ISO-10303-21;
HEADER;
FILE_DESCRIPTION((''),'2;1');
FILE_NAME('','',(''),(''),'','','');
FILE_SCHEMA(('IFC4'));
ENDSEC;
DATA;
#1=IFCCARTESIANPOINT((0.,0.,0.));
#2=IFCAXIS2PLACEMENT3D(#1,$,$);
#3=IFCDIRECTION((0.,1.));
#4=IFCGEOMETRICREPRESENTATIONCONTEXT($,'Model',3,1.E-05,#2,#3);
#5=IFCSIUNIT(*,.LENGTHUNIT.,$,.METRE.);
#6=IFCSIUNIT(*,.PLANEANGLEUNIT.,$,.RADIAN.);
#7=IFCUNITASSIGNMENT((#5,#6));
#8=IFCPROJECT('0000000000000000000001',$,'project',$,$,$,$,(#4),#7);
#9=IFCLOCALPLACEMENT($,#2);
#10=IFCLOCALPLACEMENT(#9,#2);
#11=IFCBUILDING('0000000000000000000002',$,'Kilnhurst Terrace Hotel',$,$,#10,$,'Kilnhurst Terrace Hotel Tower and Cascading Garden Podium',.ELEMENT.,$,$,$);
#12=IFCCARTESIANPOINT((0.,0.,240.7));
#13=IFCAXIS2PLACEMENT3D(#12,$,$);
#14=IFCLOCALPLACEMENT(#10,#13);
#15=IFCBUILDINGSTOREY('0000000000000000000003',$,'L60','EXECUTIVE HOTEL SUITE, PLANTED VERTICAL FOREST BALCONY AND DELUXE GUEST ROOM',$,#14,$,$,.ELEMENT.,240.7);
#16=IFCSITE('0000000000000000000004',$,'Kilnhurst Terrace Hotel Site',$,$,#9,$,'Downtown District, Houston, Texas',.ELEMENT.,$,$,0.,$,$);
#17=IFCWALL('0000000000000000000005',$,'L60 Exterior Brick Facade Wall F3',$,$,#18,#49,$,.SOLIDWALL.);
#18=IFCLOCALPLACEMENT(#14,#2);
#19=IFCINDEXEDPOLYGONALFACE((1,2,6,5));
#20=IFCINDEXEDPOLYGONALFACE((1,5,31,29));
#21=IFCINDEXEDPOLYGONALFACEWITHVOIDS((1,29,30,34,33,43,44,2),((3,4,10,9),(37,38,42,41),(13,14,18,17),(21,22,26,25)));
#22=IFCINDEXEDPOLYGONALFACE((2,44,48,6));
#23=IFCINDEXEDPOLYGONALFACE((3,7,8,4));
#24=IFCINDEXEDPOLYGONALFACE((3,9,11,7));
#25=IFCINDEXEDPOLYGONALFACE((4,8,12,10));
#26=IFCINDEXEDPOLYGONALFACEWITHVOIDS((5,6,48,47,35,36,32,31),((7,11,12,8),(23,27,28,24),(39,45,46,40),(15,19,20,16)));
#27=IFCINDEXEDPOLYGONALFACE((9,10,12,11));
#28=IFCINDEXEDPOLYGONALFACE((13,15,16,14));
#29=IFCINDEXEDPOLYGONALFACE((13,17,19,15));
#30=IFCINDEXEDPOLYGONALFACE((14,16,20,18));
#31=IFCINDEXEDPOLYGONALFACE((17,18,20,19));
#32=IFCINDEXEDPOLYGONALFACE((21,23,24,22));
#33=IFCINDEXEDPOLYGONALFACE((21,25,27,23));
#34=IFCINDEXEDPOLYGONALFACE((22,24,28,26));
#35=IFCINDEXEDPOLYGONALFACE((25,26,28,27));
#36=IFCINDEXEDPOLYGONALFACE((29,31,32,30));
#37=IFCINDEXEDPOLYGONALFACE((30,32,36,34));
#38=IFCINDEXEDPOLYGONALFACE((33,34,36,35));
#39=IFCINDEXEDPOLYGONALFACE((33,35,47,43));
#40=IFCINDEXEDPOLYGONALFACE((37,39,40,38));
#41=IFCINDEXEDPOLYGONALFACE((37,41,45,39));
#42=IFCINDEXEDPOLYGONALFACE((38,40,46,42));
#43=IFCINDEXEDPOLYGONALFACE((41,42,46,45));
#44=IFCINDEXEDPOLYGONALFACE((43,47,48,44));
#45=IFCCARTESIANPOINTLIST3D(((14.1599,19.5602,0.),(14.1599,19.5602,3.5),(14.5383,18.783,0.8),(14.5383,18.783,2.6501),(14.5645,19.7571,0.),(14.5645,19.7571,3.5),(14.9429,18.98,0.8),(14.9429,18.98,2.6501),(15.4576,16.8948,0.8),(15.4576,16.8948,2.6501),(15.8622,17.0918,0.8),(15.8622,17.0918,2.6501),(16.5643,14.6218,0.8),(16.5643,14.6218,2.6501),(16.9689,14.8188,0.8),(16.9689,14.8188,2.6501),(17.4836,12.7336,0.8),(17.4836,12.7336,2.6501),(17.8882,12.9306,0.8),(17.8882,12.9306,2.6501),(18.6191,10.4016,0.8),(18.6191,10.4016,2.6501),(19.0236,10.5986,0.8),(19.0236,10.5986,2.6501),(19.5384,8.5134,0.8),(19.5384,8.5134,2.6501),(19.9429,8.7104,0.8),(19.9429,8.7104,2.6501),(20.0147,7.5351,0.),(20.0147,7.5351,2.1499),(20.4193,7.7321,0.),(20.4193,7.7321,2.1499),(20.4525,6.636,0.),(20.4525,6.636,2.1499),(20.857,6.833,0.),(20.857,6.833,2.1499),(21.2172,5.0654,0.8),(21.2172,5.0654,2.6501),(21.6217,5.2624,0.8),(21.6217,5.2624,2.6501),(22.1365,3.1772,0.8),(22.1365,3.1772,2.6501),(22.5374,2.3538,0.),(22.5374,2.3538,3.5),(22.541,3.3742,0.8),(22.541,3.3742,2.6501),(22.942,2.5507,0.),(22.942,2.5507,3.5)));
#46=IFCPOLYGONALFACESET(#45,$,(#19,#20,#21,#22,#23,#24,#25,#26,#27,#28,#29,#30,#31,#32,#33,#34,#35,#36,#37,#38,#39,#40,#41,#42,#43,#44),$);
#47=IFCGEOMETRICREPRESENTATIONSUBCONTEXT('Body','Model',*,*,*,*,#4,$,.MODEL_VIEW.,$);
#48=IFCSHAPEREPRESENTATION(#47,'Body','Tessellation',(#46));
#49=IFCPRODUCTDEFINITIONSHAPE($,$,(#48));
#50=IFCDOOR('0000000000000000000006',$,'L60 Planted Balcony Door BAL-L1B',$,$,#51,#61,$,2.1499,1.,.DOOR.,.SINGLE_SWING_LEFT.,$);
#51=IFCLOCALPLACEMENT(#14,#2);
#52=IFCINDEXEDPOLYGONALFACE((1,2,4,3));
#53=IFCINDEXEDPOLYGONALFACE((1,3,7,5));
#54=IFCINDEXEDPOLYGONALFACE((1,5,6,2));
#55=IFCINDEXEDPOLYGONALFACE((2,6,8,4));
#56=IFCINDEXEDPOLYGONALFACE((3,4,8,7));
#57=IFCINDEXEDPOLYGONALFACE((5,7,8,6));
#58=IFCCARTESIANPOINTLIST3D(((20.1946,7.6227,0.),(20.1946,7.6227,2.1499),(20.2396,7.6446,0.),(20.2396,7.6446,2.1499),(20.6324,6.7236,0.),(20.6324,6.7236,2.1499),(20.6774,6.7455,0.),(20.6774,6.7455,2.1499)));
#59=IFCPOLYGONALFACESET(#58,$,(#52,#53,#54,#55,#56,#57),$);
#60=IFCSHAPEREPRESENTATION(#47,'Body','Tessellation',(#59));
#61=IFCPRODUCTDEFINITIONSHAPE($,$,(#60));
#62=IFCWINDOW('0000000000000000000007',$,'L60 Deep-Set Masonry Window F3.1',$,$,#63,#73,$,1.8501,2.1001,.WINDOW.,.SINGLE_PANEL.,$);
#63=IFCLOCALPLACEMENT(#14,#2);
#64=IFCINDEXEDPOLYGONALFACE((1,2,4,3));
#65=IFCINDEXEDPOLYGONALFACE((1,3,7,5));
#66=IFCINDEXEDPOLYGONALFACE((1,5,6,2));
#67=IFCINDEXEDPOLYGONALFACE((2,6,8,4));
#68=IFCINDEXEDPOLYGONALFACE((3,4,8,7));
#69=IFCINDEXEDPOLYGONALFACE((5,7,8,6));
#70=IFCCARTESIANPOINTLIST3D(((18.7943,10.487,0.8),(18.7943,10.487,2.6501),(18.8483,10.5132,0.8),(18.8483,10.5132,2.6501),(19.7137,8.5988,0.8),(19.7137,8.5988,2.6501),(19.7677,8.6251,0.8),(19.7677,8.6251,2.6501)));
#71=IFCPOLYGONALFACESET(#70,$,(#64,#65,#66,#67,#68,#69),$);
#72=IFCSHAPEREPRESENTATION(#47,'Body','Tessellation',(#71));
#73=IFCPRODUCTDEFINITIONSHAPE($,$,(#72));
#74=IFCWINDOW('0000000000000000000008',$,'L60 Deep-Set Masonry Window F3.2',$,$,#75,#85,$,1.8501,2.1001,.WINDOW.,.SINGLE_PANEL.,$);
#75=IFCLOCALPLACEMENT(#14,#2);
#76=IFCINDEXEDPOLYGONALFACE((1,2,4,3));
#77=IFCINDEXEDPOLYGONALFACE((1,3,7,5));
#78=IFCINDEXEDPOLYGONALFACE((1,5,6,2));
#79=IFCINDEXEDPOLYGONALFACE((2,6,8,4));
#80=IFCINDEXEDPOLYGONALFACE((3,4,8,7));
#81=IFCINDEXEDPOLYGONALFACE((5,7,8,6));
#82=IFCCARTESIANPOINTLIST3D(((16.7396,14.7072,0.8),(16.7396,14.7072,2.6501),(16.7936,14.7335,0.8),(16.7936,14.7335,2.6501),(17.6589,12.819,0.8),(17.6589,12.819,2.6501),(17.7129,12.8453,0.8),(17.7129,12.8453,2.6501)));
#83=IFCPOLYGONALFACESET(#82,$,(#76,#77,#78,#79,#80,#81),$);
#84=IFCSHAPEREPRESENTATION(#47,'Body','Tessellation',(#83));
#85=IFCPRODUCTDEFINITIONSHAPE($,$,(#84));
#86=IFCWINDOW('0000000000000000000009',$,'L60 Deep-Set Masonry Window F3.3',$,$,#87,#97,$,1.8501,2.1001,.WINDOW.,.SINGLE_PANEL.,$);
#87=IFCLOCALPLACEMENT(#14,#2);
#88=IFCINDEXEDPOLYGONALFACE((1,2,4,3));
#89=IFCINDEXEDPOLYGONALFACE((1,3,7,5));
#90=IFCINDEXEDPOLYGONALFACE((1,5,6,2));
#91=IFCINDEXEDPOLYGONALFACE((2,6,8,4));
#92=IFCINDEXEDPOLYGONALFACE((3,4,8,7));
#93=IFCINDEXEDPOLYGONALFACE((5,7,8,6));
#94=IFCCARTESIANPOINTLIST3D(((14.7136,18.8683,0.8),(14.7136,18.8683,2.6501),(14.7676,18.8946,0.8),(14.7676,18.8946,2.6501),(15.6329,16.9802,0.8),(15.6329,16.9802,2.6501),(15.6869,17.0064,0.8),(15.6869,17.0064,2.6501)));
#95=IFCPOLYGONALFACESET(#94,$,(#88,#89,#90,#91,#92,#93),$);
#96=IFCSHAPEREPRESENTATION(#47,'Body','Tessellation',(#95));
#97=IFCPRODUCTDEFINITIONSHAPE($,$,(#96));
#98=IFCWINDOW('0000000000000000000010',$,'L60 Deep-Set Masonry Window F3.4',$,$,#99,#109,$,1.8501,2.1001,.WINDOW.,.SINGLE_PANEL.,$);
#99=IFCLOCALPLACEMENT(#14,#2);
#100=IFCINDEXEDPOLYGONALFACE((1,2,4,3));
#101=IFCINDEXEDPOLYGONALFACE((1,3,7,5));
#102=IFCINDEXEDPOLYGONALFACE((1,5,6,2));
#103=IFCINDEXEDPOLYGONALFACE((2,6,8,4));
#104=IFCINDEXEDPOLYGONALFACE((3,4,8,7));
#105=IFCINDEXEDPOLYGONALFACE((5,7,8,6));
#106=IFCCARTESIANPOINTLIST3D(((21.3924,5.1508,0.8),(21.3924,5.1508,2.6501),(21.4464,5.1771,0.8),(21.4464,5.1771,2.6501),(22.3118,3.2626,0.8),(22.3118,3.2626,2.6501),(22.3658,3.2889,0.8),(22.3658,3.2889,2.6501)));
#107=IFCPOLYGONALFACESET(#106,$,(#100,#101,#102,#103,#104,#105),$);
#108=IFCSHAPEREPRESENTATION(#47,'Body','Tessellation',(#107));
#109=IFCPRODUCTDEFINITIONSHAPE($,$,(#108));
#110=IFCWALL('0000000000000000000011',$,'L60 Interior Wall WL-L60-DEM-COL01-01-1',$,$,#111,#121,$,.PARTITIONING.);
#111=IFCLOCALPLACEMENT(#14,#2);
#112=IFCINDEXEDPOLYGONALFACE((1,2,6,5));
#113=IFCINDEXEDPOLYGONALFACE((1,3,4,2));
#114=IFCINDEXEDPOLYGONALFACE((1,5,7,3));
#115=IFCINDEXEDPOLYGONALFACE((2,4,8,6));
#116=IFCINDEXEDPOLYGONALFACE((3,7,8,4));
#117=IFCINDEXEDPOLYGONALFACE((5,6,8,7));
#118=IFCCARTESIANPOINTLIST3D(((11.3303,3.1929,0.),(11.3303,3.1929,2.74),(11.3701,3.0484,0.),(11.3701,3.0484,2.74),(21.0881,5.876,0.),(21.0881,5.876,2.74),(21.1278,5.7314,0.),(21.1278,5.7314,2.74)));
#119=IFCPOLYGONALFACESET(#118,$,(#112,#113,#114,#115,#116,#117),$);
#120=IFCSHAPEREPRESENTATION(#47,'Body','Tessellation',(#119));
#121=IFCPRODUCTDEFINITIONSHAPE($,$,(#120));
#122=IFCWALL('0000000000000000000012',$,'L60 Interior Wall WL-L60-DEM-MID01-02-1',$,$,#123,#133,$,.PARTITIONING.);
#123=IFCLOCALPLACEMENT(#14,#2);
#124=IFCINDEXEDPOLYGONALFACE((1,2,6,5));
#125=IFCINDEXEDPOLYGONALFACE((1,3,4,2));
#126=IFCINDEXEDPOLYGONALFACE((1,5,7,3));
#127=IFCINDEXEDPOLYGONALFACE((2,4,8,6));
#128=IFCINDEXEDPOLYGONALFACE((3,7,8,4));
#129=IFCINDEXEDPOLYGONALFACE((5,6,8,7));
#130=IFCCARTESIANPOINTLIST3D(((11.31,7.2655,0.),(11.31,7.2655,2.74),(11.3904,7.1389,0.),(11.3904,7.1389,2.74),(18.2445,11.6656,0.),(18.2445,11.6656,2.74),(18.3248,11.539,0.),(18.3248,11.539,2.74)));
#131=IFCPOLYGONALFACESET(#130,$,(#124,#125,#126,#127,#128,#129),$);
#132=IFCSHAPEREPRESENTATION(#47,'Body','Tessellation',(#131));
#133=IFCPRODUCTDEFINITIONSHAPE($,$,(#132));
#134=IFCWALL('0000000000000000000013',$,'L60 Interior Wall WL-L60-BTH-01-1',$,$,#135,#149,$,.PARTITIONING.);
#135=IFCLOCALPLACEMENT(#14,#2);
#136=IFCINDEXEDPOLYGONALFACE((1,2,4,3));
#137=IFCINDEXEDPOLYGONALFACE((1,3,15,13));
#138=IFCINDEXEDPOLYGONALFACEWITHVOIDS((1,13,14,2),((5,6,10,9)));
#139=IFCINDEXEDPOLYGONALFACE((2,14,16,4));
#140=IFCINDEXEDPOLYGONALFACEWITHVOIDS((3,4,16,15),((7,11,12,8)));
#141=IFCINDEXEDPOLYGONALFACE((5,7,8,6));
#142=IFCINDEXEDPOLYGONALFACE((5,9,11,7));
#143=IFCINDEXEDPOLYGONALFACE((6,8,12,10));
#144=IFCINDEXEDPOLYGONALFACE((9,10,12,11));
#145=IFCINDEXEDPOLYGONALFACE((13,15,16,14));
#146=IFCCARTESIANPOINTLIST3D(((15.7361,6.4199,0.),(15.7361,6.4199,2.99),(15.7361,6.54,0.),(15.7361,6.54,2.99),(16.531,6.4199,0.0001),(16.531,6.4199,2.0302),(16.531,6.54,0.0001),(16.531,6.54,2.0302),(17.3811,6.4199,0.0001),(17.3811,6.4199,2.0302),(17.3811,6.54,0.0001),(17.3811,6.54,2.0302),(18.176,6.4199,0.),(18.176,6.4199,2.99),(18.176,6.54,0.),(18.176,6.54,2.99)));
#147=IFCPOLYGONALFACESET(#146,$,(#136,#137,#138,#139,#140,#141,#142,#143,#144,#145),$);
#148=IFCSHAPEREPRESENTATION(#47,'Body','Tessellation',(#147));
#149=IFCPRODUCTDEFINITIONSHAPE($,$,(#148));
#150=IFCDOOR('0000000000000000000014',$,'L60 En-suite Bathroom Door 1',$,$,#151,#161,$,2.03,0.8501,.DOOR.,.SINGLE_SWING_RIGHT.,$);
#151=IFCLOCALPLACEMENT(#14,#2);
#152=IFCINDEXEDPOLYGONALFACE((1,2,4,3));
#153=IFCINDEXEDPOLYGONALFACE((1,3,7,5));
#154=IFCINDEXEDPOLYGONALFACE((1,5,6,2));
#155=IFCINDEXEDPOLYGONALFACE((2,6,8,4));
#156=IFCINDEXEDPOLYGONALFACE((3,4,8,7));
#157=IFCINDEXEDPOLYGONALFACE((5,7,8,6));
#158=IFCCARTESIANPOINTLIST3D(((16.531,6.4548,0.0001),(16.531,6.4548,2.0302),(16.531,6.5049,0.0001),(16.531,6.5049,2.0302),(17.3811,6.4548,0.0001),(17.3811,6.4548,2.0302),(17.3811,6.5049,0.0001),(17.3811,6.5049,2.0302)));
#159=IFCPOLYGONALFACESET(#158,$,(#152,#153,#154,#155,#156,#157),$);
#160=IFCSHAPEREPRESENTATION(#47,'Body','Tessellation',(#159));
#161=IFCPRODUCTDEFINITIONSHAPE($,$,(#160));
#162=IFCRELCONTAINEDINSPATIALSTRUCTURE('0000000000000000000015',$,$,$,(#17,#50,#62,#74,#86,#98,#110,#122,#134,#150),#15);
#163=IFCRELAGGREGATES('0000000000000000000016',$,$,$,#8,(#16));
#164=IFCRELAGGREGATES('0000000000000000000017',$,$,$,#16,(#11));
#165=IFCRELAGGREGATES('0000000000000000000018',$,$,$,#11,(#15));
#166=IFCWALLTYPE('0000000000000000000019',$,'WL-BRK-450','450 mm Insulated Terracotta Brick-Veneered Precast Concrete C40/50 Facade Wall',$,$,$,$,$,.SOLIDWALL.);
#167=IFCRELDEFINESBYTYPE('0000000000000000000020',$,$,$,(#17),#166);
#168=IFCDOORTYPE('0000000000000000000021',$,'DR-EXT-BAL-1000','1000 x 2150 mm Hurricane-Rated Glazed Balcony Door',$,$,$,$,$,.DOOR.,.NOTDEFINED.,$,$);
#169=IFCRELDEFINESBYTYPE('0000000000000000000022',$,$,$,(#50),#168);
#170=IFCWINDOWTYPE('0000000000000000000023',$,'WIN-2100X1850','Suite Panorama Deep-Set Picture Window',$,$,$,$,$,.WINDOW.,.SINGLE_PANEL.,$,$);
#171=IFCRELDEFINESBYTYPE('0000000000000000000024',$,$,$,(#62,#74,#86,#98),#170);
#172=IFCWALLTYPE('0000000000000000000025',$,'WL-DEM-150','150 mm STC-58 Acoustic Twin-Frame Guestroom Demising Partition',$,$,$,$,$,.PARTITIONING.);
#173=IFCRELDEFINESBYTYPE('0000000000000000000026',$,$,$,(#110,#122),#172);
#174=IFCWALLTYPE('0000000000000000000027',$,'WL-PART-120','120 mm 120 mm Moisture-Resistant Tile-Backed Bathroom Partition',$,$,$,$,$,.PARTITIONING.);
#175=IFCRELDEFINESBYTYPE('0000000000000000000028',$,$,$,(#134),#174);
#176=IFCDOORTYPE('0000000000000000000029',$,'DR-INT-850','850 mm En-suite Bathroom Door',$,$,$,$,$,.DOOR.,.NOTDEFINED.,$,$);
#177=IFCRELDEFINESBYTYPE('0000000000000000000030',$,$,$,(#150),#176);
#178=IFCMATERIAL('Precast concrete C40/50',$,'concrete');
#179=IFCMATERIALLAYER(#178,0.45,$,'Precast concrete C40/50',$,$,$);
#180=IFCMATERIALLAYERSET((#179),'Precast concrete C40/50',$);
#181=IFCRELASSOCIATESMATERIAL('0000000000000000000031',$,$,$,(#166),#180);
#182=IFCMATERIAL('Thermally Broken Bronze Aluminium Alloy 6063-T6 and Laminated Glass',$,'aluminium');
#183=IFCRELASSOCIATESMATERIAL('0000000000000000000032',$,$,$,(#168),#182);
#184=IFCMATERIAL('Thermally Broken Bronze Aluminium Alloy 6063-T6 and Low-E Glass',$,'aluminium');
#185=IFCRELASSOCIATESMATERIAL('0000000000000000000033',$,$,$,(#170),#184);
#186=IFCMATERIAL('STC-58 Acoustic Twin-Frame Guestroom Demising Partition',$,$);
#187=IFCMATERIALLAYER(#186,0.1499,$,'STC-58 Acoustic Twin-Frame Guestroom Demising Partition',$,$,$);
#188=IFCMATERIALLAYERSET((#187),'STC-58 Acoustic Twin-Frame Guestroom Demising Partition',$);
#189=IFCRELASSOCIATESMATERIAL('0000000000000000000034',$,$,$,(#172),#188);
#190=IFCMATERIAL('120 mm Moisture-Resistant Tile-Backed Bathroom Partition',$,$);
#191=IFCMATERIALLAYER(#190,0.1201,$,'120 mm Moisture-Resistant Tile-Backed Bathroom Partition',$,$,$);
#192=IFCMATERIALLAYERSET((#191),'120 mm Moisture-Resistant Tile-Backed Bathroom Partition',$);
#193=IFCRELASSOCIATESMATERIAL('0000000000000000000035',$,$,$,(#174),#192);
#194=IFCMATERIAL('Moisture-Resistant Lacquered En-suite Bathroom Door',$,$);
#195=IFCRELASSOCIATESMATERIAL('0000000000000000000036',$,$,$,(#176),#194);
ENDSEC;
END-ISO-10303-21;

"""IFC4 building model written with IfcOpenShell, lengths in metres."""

from ifc_helpers import new_model, si_unit, direction, frame, frame_2d, origin, place, context, subcontext, project, spatial, rectangle, extrude, material, layer, layer_set, type_object, element, fill, save


model = new_model("IFC4")

# Units and contexts
model_context = context("Model", 3, precision=1e-05, world=origin(), true_north=direction((0.0, 1.0)))
body_context = subcontext(model_context, "Body", "Model", "MODEL_VIEW")
ifc_project = project(units=[si_unit("LENGTHUNIT", "METRE"), si_unit("PLANEANGLEUNIT", "RADIAN")], contexts=[model_context])

# Site, building, storey
site_placement = place(None, origin())
site = spatial("IfcSite", under=ifc_project, at=site_placement, Name="Kilnhurst Terrace Hotel Site", LongName="Downtown District, Houston, Texas", CompositionType="ELEMENT", RefElevation=0.0)
building_placement = place(site_placement, origin())
building = spatial("IfcBuilding", under=site, at=building_placement, Name="Kilnhurst Terrace Hotel", LongName="Kilnhurst Terrace Hotel Tower and Cascading Garden Podium", CompositionType="ELEMENT")
storey_placement = place(building_placement, frame((0.0, 0.0, 240.7)))
storey = spatial("IfcBuildingStorey", under=building, at=storey_placement, Name="L60", Description="EXECUTIVE HOTEL SUITE, PLANTED VERTICAL FOREST BALCONY AND DELUXE GUEST ROOM", CompositionType="ELEMENT", Elevation=240.7)

# Shared definitions
ifc_material_1 = material(Name="Precast concrete C40/50", Category="concrete")
ifc_layer_1 = layer(ifc_material_1, 0.45, Name="Precast concrete C40/50")
ifc_layer_set_1 = layer_set([ifc_layer_1], Name="Precast concrete C40/50")
wall_type_1 = type_object("IfcWallType", Name="WL-BRK-450", Description="450 mm Insulated Terracotta Brick-Veneered Precast Concrete C40/50 Facade Wall", PredefinedType="SOLIDWALL", material=ifc_layer_set_1)

# Wall, openings, door, windows
wall_1_placement = place(storey_placement, frame((22.7397, 2.4521, 0.0), z_axis=(0.0, 0.0, 1.0), x_axis=(-0.437753, 0.899095, 0.0)))
wall_1 = element("IfcWall", 1, at=wall_1_placement, inside=storey, type_object=wall_type_1, Name="L60 Exterior Brick Facade Wall F3", PredefinedType="SOLIDWALL", context=body_context, shape_type="SweptSolid", body=[
    extrude(rectangle(XDim=19.1375, YDim=0.45, at=frame_2d((9.5688, 0.0))), origin(), (0.0, 0.0, 1.0), 3.5),
])
opening_1_placement = place(wall_1_placement, frame((4.7629, 0.0, 0.0)))
opening_1 = element("IfcOpeningElement", 2, at=opening_1_placement, cuts=wall_1, PredefinedType="OPENING", context=body_context, shape_type="SweptSolid", body=[
    extrude(rectangle(XDim=1.0, YDim=2.1499, at=frame_2d((0.5, 1.075))), frame((0.0, 0.2349, 0.0), z_axis=(0.0, -1.0, 0.0), x_axis=(1.0, 0.0, 0.0)), (0.0, 0.0, 1.0), 0.47),
])
opening_2_placement = place(wall_1_placement, frame((6.8511, 0.0, 0.8)))
opening_2 = element("IfcOpeningElement", 3, at=opening_2_placement, cuts=wall_1, PredefinedType="OPENING", context=body_context, shape_type="SweptSolid", body=[
    extrude(rectangle(XDim=2.1001, YDim=1.8501, at=frame_2d((1.05, 0.925))), frame((0.0, 0.2349, 0.0), z_axis=(0.0, -1.0, 0.0), x_axis=(1.0, 0.0, 0.0)), (0.0, 0.0, 1.0), 0.47),
])
opening_3_placement = place(wall_1_placement, frame((11.5449, 0.0, 0.8)))
opening_3 = element("IfcOpeningElement", 4, at=opening_3_placement, cuts=wall_1, PredefinedType="OPENING", context=body_context, shape_type="SweptSolid", body=[
    extrude(rectangle(XDim=2.1001, YDim=1.8501, at=frame_2d((1.05, 0.925))), frame((0.0, 0.2349, 0.0), z_axis=(0.0, -1.0, 0.0), x_axis=(1.0, 0.0, 0.0)), (0.0, 0.0, 1.0), 0.47),
])
opening_4_placement = place(wall_1_placement, frame((16.1731, 0.0, 0.8)))
opening_4 = element("IfcOpeningElement", 5, at=opening_4_placement, cuts=wall_1, PredefinedType="OPENING", context=body_context, shape_type="SweptSolid", body=[
    extrude(rectangle(XDim=2.1001, YDim=1.8501, at=frame_2d((1.05, 0.925))), frame((0.0, 0.2349, 0.0), z_axis=(0.0, -1.0, 0.0), x_axis=(1.0, 0.0, 0.0)), (0.0, 0.0, 1.0), 0.47),
])
opening_5_placement = place(wall_1_placement, frame((0.916, 0.0, 0.8)))
opening_5 = element("IfcOpeningElement", 6, at=opening_5_placement, cuts=wall_1, PredefinedType="OPENING", context=body_context, shape_type="SweptSolid", body=[
    extrude(rectangle(XDim=2.1001, YDim=1.8501, at=frame_2d((1.05, 0.925))), frame((0.0, 0.2349, 0.0), z_axis=(0.0, -1.0, 0.0), x_axis=(1.0, 0.0, 0.0)), (0.0, 0.0, 1.0), 0.47),
])
ifc_material_2 = material(Name="Thermally Broken Bronze Aluminium Alloy 6063-T6 and Laminated Glass", Category="aluminium")
door_type_1 = type_object("IfcDoorType", Name="DR-EXT-BAL-1000", Description="1000 x 2150 mm Hurricane-Rated Glazed Balcony Door", OperationType="NOTDEFINED", PredefinedType="DOOR", material=ifc_material_2)
door_1_placement = place(opening_1_placement, origin())
door_1 = element("IfcDoor", 7, at=door_1_placement, inside=storey, type_object=door_type_1, Name="L60 Planted Balcony Door BAL-L1B", OperationType="SINGLE_SWING_LEFT", OverallHeight=2.1499, OverallWidth=1.0, PredefinedType="DOOR", context=body_context, shape_type="SweptSolid", body=[
    extrude(rectangle(XDim=1.0, YDim=2.1499, at=frame_2d((0.5, 1.075))), frame((0.0, 0.0249, 0.0), z_axis=(0.0, -1.0, 0.0), x_axis=(1.0, 0.0, 0.0)), (0.0, 0.0, 1.0), 0.05),
])
fill(opening_1, door_1)
ifc_material_3 = material(Name="Thermally Broken Bronze Aluminium Alloy 6063-T6 and Low-E Glass", Category="aluminium")
window_type = type_object("IfcWindowType", Name="WIN-2100X1850", Description="Suite Panorama Deep-Set Picture Window", PartitioningType="SINGLE_PANEL", PredefinedType="WINDOW", material=ifc_material_3)
window_1_placement = place(opening_2_placement, origin())
window_1 = element("IfcWindow", 8, at=window_1_placement, inside=storey, type_object=window_type, Name="L60 Deep-Set Masonry Window F3.1", OverallHeight=1.8501, OverallWidth=2.1001, PartitioningType="SINGLE_PANEL", PredefinedType="WINDOW", context=body_context, shape_type="SweptSolid", body=[
    extrude(rectangle(XDim=2.1001, YDim=1.8501, at=frame_2d((1.05, 0.925))), frame((0.0, 0.03, 0.0), z_axis=(0.0, -1.0, 0.0), x_axis=(1.0, 0.0, 0.0)), (0.0, 0.0, 1.0), 0.0601),
])
fill(opening_2, window_1)
window_2_placement = place(opening_3_placement, origin())
window_2 = element("IfcWindow", 9, at=window_2_placement, inside=storey, type_object=window_type, Name="L60 Deep-Set Masonry Window F3.2", OverallHeight=1.8501, OverallWidth=2.1001, PartitioningType="SINGLE_PANEL", PredefinedType="WINDOW", context=body_context, shape_type="SweptSolid", body=[
    extrude(rectangle(XDim=2.1001, YDim=1.8501, at=frame_2d((1.05, 0.925))), frame((0.0, 0.03, 0.0), z_axis=(0.0, -1.0, 0.0), x_axis=(1.0, 0.0, 0.0)), (0.0, 0.0, 1.0), 0.0601),
])
fill(opening_3, window_2)
window_3_placement = place(opening_4_placement, origin())
window_3 = element("IfcWindow", 10, at=window_3_placement, inside=storey, type_object=window_type, Name="L60 Deep-Set Masonry Window F3.3", OverallHeight=1.8501, OverallWidth=2.1001, PartitioningType="SINGLE_PANEL", PredefinedType="WINDOW", context=body_context, shape_type="SweptSolid", body=[
    extrude(rectangle(XDim=2.1001, YDim=1.8501, at=frame_2d((1.05, 0.925))), frame((0.0, 0.03, 0.0), z_axis=(0.0, -1.0, 0.0), x_axis=(1.0, 0.0, 0.0)), (0.0, 0.0, 1.0), 0.0601),
])
fill(opening_4, window_3)
window_4_placement = place(opening_5_placement, origin())
window_4 = element("IfcWindow", 11, at=window_4_placement, inside=storey, type_object=window_type, Name="L60 Deep-Set Masonry Window F3.4", OverallHeight=1.8501, OverallWidth=2.1001, PartitioningType="SINGLE_PANEL", PredefinedType="WINDOW", context=body_context, shape_type="SweptSolid", body=[
    extrude(rectangle(XDim=2.1001, YDim=1.8501, at=frame_2d((1.05, 0.925))), frame((0.0, 0.03, 0.0), z_axis=(0.0, -1.0, 0.0), x_axis=(1.0, 0.0, 0.0)), (0.0, 0.0, 1.0), 0.0601),
])
fill(opening_5, window_4)

# Walls
ifc_material_4 = material(Name="STC-58 Acoustic Twin-Frame Guestroom Demising Partition")
ifc_layer_2 = layer(ifc_material_4, 0.1499, Name="STC-58 Acoustic Twin-Frame Guestroom Demising Partition")
ifc_layer_set_2 = layer_set([ifc_layer_2], Name="STC-58 Acoustic Twin-Frame Guestroom Demising Partition")
wall_type_2 = type_object("IfcWallType", Name="WL-DEM-150", Description="150 mm STC-58 Acoustic Twin-Frame Guestroom Demising Partition", PredefinedType="PARTITIONING", material=ifc_layer_set_2)
wall_2_placement = place(storey_placement, frame((11.3501, 3.1206, 0.0), z_axis=(0.0, 0.0, 1.0), x_axis=(0.964213, 0.26513, 0.0)))
element("IfcWall", 12, at=wall_2_placement, inside=storey, type_object=wall_type_2, Name="L60 Interior Wall WL-L60-DEM-COL01-01-1", PredefinedType="PARTITIONING", context=body_context, shape_type="SweptSolid", body=[
    extrude(rectangle(XDim=10.1199, YDim=0.1499, at=frame_2d((5.0601, 0.0))), origin(), (0.0, 0.0, 1.0), 2.74),
])
wall_3_placement = place(storey_placement, frame((11.3501, 7.2021, 0.0), z_axis=(0.0, 0.0, 1.0), x_axis=(0.844365, 0.535769, 0.0)))
element("IfcWall", 13, at=wall_3_placement, inside=storey, type_object=wall_type_2, Name="L60 Interior Wall WL-L60-DEM-MID01-02-1", PredefinedType="PARTITIONING", context=body_context, shape_type="SweptSolid", body=[
    extrude(rectangle(XDim=8.2126, YDim=0.1499, at=frame_2d((4.1064, 0.0))), origin(), (0.0, 0.0, 1.0), 2.74),
])

# Wall, opening, door
ifc_material_5 = material(Name="120 mm Moisture-Resistant Tile-Backed Bathroom Partition")
ifc_layer_3 = layer(ifc_material_5, 0.1201, Name="120 mm Moisture-Resistant Tile-Backed Bathroom Partition")
ifc_layer_set_3 = layer_set([ifc_layer_3], Name="120 mm Moisture-Resistant Tile-Backed Bathroom Partition")
wall_type_3 = type_object("IfcWallType", Name="WL-PART-120", Description="120 mm 120 mm Moisture-Resistant Tile-Backed Bathroom Partition", PredefinedType="PARTITIONING", material=ifc_layer_set_3)
wall_4_placement = place(storey_placement, frame((15.7361, 6.48, 0.0), z_axis=(0.0, 0.0, 1.0), x_axis=(1.0, 0.0, 0.0)))
wall_4 = element("IfcWall", 14, at=wall_4_placement, inside=storey, type_object=wall_type_3, Name="L60 Interior Wall WL-L60-BTH-01-1", PredefinedType="PARTITIONING", context=body_context, shape_type="SweptSolid", body=[
    extrude(rectangle(XDim=2.4399, YDim=0.1201, at=frame_2d((1.22, 0.0))), origin(), (0.0, 0.0, 1.0), 2.99),
])
opening_6_placement = place(wall_4_placement, frame((0.7949, 0.0, 0.0)))
opening_6 = element("IfcOpeningElement", 15, at=opening_6_placement, cuts=wall_4, PredefinedType="OPENING", context=body_context, shape_type="SweptSolid", body=[
    extrude(rectangle(XDim=0.8501, YDim=2.03, at=frame_2d((0.425, 1.0151))), frame((0.0, 0.0701, 0.0), z_axis=(0.0, -1.0, 0.0), x_axis=(1.0, 0.0, 0.0)), (0.0, 0.0, 1.0), 0.1401),
])
ifc_material_6 = material(Name="Moisture-Resistant Lacquered En-suite Bathroom Door")
door_type_2 = type_object("IfcDoorType", Name="DR-INT-850", Description="850 mm En-suite Bathroom Door", OperationType="NOTDEFINED", PredefinedType="DOOR", material=ifc_material_6)
door_2_placement = place(opening_6_placement, origin())
door_2 = element("IfcDoor", 16, at=door_2_placement, inside=storey, type_object=door_type_2, Name="L60 En-suite Bathroom Door 1", OperationType="SINGLE_SWING_RIGHT", OverallHeight=2.03, OverallWidth=0.8501, PredefinedType="DOOR", context=body_context, shape_type="SweptSolid", body=[
    extrude(rectangle(XDim=0.8501, YDim=2.03, at=frame_2d((0.425, 1.0151))), frame((0.0, 0.0249, 0.0), z_axis=(0.0, -1.0, 0.0), x_axis=(1.0, 0.0, 0.0)), (0.0, 0.0, 1.0), 0.05),
])
fill(opening_6, door_2)

save(model, "model.ifc")
